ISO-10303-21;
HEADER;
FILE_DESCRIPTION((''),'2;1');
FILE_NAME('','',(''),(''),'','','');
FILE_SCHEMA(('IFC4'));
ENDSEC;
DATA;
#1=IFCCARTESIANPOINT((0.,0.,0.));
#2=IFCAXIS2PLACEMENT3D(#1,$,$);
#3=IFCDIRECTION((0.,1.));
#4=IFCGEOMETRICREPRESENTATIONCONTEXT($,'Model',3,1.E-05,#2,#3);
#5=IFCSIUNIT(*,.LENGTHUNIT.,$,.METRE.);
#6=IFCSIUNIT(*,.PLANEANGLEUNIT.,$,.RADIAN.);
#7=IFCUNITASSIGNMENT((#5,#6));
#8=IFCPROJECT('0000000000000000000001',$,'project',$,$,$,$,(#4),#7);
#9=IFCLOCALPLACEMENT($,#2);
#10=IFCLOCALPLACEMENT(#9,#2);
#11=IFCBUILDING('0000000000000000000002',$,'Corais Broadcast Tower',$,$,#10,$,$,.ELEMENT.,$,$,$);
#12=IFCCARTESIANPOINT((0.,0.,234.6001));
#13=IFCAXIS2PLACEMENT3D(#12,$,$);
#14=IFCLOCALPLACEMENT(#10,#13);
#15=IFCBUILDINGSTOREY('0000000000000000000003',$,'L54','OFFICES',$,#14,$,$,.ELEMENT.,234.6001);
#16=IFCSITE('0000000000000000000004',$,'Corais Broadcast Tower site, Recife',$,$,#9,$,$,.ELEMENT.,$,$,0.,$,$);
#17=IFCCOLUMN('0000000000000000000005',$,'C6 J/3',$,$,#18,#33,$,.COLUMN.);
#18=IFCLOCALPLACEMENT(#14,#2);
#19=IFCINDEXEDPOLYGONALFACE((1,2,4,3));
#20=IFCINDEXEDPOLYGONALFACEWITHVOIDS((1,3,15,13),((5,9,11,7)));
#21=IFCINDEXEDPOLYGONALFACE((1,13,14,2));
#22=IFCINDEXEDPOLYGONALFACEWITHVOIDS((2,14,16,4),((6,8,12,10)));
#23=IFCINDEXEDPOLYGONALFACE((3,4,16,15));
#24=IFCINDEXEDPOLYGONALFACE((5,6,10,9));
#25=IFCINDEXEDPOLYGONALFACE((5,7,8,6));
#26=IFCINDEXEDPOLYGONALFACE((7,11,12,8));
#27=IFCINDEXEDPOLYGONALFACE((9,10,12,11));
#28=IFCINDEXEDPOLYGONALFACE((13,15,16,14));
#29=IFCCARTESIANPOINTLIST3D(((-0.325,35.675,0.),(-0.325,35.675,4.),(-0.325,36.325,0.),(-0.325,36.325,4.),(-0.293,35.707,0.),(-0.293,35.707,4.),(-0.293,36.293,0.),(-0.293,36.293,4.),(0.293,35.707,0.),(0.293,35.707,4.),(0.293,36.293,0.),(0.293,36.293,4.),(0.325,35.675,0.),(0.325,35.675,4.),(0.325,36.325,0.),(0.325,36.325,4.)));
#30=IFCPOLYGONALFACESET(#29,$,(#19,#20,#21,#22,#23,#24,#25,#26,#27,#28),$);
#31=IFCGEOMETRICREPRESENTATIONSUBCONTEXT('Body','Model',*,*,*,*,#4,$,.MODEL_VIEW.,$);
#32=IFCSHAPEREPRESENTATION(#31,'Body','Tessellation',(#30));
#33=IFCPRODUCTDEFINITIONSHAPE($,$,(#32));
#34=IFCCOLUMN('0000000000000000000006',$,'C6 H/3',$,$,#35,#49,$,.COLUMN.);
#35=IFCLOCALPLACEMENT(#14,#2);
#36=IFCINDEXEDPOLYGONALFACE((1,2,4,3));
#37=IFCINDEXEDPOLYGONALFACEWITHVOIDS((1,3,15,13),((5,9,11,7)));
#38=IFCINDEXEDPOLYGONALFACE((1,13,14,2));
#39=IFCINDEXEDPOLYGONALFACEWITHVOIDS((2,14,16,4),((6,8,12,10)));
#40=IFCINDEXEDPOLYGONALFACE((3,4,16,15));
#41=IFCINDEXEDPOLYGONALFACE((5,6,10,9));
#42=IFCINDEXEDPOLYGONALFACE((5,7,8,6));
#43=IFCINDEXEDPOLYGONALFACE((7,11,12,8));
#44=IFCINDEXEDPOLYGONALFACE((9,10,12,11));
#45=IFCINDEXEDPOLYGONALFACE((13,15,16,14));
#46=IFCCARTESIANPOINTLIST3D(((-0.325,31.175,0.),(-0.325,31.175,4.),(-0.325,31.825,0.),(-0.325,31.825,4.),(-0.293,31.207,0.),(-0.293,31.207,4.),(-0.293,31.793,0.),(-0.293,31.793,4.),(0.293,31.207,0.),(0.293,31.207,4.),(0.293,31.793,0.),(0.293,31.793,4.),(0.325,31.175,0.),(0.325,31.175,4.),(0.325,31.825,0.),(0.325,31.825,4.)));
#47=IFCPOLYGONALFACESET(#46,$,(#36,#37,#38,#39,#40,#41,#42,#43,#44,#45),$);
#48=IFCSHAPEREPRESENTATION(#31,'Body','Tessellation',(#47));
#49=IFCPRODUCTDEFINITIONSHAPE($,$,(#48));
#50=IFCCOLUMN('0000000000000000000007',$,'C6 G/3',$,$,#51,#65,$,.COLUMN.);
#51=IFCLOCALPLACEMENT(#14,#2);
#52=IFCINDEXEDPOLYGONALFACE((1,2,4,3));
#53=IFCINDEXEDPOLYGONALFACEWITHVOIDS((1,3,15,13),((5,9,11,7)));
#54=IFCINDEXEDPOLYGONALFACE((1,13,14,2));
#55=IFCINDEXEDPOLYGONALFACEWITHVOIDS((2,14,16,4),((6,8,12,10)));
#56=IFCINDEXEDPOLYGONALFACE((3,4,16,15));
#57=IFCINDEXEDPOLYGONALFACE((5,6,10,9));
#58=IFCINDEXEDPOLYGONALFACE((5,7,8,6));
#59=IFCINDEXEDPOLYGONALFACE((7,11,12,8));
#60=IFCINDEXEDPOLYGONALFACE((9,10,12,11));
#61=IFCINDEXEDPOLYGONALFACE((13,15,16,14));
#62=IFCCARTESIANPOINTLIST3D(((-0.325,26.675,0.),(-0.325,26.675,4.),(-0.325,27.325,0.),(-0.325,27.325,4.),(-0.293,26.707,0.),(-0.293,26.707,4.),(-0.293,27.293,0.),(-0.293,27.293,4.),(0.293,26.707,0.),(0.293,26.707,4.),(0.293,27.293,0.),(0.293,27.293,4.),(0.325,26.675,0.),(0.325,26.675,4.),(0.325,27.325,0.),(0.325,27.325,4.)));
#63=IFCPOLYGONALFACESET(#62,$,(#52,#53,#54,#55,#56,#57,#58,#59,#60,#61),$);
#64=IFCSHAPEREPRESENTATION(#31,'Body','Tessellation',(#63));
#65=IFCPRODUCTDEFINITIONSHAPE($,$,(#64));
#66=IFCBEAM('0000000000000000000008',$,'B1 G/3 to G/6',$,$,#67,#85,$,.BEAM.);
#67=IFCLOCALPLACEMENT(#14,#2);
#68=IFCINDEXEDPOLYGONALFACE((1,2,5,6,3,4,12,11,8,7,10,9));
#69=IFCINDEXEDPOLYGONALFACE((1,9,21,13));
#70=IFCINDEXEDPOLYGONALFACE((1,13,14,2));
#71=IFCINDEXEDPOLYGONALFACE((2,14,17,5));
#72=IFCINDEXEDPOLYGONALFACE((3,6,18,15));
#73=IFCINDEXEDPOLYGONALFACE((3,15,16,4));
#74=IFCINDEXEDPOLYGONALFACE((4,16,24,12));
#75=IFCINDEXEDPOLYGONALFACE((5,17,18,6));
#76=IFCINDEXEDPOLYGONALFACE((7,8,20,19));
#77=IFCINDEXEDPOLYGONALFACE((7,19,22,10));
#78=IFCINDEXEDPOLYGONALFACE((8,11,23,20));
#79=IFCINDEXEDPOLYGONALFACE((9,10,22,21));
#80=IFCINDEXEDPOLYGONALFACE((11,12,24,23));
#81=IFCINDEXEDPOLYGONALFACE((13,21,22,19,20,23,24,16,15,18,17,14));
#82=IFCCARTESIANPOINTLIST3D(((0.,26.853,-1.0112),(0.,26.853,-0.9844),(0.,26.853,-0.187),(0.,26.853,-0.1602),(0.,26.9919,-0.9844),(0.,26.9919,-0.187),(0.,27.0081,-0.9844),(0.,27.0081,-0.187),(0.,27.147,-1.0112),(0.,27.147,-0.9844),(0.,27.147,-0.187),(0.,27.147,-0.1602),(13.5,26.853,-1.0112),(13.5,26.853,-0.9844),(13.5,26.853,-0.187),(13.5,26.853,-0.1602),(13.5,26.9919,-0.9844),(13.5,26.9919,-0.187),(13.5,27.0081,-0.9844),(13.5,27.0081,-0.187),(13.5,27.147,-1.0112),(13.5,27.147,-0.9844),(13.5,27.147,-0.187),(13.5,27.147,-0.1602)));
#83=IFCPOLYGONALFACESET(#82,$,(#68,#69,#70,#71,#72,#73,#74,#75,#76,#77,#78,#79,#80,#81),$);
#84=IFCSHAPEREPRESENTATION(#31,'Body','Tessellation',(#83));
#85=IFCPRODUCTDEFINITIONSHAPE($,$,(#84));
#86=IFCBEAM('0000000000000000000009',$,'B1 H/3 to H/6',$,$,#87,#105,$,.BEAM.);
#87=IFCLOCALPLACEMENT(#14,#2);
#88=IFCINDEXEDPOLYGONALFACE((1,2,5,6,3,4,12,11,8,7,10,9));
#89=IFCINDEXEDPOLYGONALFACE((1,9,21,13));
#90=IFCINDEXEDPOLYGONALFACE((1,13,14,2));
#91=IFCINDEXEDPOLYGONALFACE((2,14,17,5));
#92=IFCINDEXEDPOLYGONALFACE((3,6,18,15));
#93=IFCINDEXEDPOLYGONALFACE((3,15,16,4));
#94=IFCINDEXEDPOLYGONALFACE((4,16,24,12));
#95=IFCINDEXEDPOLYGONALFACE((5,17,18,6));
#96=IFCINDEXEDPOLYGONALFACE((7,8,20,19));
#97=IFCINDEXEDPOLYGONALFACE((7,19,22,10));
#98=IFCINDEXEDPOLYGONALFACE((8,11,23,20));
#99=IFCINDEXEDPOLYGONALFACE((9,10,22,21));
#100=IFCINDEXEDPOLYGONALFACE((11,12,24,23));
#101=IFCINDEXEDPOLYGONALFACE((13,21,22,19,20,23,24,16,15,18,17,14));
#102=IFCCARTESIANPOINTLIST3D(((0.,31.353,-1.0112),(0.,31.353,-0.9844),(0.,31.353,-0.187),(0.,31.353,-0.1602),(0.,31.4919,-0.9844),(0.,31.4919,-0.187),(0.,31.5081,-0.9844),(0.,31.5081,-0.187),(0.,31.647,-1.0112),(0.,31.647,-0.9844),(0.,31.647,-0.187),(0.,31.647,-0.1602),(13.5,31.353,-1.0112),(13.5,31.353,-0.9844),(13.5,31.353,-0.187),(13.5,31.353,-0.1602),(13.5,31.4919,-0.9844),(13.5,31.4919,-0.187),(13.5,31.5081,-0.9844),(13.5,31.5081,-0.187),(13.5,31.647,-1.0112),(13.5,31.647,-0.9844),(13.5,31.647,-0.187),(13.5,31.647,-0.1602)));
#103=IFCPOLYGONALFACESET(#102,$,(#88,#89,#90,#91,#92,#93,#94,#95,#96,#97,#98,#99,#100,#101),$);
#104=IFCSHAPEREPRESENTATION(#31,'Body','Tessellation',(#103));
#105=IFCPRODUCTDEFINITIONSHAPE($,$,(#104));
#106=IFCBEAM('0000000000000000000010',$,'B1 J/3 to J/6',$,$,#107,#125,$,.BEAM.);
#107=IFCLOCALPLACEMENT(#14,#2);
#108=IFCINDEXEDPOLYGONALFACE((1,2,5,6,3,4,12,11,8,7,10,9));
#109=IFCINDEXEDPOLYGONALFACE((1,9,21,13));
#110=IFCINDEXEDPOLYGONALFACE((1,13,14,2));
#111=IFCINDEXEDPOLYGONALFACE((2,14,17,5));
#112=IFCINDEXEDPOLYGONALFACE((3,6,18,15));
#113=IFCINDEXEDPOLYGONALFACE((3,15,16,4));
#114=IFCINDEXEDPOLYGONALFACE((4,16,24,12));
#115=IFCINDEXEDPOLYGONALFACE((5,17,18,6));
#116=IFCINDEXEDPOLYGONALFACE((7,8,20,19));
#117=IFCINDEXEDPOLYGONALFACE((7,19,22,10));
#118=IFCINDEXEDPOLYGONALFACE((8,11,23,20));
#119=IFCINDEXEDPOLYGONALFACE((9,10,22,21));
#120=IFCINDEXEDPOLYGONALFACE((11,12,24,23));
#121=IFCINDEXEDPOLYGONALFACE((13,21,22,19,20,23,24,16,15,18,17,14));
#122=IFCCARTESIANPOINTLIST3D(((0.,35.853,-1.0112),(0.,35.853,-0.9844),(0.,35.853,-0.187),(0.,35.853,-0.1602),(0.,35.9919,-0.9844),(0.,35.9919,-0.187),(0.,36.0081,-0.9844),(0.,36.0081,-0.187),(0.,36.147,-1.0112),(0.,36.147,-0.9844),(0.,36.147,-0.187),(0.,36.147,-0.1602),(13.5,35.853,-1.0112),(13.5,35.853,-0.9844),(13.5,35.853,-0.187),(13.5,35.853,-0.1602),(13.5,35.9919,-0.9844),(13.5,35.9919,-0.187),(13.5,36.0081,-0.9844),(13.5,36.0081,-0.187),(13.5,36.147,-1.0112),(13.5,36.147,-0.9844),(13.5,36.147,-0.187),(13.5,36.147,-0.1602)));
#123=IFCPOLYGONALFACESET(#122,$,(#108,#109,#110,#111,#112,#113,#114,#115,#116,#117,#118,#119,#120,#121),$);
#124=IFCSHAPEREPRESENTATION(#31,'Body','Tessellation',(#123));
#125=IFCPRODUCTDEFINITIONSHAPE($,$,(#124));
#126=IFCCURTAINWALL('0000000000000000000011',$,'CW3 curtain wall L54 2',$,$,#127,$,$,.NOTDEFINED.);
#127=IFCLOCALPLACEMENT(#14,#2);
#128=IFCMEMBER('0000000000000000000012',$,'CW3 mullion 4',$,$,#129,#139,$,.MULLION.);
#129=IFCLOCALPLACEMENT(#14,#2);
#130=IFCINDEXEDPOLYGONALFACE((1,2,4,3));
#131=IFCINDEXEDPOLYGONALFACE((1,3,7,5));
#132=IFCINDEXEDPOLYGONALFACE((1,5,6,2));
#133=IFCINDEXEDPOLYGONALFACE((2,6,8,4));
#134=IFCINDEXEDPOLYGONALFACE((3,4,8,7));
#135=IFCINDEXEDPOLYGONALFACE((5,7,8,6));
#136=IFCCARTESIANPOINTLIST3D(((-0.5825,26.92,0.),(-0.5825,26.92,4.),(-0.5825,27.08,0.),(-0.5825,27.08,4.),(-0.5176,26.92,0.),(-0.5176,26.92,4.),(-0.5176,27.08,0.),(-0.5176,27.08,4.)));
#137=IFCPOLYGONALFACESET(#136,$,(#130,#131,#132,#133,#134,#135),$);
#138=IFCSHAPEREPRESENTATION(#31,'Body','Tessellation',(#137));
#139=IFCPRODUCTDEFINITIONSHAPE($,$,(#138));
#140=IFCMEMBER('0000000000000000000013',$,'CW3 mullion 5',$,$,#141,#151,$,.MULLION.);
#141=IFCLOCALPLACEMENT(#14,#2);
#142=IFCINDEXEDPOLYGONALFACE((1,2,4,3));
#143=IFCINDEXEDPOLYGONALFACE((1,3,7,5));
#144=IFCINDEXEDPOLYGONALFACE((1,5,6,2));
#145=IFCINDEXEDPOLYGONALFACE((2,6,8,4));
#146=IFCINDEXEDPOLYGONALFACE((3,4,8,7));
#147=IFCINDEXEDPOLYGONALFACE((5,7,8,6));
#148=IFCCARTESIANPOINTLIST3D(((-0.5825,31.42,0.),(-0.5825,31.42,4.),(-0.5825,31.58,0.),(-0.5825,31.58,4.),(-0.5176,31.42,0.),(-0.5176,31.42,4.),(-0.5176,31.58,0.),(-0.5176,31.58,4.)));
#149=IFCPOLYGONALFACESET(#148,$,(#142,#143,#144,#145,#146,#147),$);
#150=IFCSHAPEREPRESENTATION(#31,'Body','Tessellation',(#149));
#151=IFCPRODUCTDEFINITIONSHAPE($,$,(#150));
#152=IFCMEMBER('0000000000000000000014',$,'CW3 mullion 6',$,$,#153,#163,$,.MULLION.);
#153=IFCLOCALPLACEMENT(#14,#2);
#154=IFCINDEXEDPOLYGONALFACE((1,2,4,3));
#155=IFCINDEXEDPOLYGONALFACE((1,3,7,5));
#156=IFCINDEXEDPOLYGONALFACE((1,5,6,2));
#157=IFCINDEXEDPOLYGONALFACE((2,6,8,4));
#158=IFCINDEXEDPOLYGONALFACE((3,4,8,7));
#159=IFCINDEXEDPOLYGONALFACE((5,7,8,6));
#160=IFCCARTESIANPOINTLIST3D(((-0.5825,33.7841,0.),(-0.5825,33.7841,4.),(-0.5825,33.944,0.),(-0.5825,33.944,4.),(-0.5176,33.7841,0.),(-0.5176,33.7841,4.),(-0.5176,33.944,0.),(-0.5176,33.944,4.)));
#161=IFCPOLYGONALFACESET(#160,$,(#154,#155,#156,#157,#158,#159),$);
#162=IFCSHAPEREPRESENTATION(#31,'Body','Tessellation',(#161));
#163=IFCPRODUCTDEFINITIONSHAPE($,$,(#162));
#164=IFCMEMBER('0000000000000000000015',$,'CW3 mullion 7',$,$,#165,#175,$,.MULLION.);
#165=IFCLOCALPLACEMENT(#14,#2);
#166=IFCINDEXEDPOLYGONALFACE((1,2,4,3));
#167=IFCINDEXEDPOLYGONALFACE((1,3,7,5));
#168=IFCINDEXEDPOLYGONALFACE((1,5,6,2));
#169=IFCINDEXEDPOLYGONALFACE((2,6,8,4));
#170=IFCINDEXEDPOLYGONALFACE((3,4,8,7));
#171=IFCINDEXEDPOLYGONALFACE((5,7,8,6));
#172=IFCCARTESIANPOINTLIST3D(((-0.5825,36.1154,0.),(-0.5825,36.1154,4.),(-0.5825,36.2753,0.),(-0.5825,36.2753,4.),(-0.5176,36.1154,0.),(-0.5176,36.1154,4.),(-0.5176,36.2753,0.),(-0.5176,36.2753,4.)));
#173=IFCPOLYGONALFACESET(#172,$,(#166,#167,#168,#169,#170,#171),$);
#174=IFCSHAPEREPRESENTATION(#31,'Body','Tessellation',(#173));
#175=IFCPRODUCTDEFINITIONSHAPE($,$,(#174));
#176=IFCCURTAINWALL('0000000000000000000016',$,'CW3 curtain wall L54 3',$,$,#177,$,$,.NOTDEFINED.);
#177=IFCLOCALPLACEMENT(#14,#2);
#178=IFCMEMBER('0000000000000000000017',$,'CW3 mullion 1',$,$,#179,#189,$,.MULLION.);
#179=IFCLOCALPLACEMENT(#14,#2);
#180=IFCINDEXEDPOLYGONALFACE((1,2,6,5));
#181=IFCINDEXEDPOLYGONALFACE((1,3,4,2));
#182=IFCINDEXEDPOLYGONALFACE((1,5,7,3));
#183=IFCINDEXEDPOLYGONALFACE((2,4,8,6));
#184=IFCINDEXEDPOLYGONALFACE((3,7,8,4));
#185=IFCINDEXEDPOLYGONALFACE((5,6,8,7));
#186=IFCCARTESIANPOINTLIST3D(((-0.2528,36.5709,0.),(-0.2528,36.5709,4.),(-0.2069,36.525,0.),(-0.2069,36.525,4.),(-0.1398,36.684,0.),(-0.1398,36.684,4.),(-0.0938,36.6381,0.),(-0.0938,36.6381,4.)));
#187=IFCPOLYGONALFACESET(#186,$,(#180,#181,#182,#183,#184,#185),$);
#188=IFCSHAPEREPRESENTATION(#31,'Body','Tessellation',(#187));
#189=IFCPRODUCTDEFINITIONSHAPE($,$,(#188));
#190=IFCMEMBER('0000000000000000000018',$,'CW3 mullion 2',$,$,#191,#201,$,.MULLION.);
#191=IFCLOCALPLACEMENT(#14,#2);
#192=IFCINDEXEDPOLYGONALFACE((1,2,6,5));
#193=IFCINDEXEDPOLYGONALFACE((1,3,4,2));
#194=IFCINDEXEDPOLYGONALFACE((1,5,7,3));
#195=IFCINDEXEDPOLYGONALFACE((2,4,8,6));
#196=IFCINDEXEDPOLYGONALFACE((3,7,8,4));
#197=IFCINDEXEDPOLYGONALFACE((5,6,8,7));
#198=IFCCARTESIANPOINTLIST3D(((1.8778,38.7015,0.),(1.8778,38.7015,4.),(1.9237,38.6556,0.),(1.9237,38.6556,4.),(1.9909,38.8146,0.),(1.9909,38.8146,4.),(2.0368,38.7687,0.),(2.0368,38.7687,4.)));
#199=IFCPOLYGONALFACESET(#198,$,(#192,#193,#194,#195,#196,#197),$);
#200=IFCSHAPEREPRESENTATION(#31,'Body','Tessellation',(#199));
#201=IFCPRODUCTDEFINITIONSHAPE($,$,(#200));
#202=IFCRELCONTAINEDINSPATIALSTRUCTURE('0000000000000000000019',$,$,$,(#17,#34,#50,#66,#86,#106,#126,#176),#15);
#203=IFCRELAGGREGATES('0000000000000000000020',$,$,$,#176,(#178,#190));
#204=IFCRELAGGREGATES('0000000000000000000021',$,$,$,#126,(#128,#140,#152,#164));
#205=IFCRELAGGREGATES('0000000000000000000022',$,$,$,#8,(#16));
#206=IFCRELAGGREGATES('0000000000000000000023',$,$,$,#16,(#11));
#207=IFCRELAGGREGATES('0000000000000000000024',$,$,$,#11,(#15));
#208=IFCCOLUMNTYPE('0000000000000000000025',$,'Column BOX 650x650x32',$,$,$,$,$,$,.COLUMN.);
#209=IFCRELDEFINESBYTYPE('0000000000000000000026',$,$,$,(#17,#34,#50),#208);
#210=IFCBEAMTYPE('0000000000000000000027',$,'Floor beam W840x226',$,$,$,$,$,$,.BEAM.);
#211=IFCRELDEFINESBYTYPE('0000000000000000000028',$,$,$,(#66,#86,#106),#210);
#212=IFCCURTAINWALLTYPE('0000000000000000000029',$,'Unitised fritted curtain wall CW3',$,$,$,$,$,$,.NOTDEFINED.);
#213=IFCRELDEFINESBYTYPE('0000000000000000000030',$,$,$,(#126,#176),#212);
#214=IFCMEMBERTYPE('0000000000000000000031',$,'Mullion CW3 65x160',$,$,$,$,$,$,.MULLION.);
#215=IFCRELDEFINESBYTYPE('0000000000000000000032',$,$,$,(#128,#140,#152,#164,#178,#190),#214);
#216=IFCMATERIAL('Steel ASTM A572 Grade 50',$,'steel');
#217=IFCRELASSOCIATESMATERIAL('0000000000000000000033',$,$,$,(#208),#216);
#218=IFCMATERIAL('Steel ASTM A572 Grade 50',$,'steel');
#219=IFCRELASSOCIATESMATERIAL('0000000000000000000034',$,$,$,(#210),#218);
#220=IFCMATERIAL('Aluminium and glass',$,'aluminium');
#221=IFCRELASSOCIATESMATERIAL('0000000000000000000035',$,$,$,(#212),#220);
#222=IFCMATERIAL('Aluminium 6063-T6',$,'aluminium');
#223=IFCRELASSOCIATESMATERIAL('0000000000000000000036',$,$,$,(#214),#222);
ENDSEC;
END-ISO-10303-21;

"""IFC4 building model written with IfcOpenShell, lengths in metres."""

from ifc_helpers import new_model, si_unit, direction, frame, origin, origin_2d, place, context, subcontext, project, spatial, rectangle, hollow_rectangle, i_section, extrude, material, material_profile, profile_set, type_object, element, aggregate, save


model = new_model("IFC4")

# Units and contexts
model_context = context("Model", 3, precision=1e-05, world=origin(), true_north=direction((0.0, 1.0)))
body_context = subcontext(model_context, "Body", "Model", "MODEL_VIEW")
ifc_project = project(units=[si_unit("LENGTHUNIT", "METRE"), si_unit("PLANEANGLEUNIT", "RADIAN")], contexts=[model_context])

# Site, building, storey
site_placement = place(None, origin())
site = spatial("IfcSite", under=ifc_project, at=site_placement, Name="Corais Broadcast Tower site, Recife", CompositionType="ELEMENT", RefElevation=0.0)
building_placement = place(site_placement, origin())
building = spatial("IfcBuilding", under=site, at=building_placement, Name="Corais Broadcast Tower", CompositionType="ELEMENT")
storey_placement = place(building_placement, frame((0.0, 0.0, 234.6001)))
storey = spatial("IfcBuildingStorey", under=building, at=storey_placement, Name="L54", Description="OFFICES", CompositionType="ELEMENT", Elevation=234.6001)

# Columns
ifc_material_1 = material(Name="Steel ASTM A572 Grade 50", Category="steel")
ifc_material_profile_1 = material_profile(ifc_material_1, hollow_rectangle(XDim=0.6499, YDim=0.6499, WallThickness=0.032, at=origin_2d()), Name="BOX 650x650x32")
ifc_profile_set_1 = profile_set([ifc_material_profile_1], Name="Steel ASTM A572 Grade 50")
column_type = type_object("IfcColumnType", Name="Column BOX 650x650x32", PredefinedType="COLUMN", material=ifc_profile_set_1)
for number, where, z_axis, x_axis, name in (
    (1, (0.0, 36.0, 0.0), (0.0, 0.0, 1.0), (1.0, 0.0, 0.0), "C6 J/3"),
    (2, (0.0, 31.5, 0.0), (0.0, 0.0, 1.0), (1.0, 0.0, 0.0), "C6 H/3"),
    (3, (0.0, 27.0, 0.0), (0.0, 0.0, 1.0), (1.0, 0.0, 0.0), "C6 G/3"),
):
    element("IfcColumn", number, at=place(storey_placement, frame(where, z_axis=z_axis, x_axis=x_axis)), inside=storey, type_object=column_type, Name=name, PredefinedType="COLUMN", context=body_context, shape_type="SweptSolid", body=[
        extrude(hollow_rectangle(XDim=0.6499, YDim=0.6499, WallThickness=0.032, at=origin_2d()), origin(), (0.0, 0.0, 1.0), 4.0),
    ])

# Beams
ifc_material_2 = material(Name="Steel ASTM A572 Grade 50", Category="steel")
ifc_material_profile_2 = material_profile(ifc_material_2, i_section(OverallWidth=0.2939, OverallDepth=0.8511, WebThickness=0.0161, FlangeThickness=0.0269, at=origin_2d()), Name="W840x226")
ifc_profile_set_2 = profile_set([ifc_material_profile_2], Name="Steel ASTM A572 Grade 50")
beam_type_1 = type_object("IfcBeamType", Name="Floor beam W840x226", PredefinedType="BEAM", material=ifc_profile_set_2)
for number, where, z_axis, x_axis, name in (
    (4, (0.0, 27.0, -0.5857), (1.0, 0.0, 0.0), (0.0, 1.0, 0.0), "B1 G/3 to G/6"),
    (5, (0.0, 31.5, -0.5857), (1.0, 0.0, 0.0), (0.0, 1.0, 0.0), "B1 H/3 to H/6"),
    (6, (0.0, 36.0, -0.5857), (1.0, 0.0, 0.0), (0.0, 1.0, 0.0), "B1 J/3 to J/6"),
):
    element("IfcBeam", number, at=place(storey_placement, frame(where, z_axis=z_axis, x_axis=x_axis)), inside=storey, type_object=beam_type_1, Name=name, PredefinedType="BEAM", context=body_context, shape_type="SweptSolid", body=[
        extrude(i_section(OverallWidth=0.2939, OverallDepth=0.8511, WebThickness=0.0161, FlangeThickness=0.0269, at=origin_2d()), origin(), (0.0, 0.0, 1.0), 13.5),
    ])

# Curtain walls, members
ifc_material_3 = material(Name="Aluminium and glass", Category="aluminium")
curtain_wall_type = type_object("IfcCurtainWallType", Name="Unitised fritted curtain wall CW3", PredefinedType="NOTDEFINED", material=ifc_material_3)
curtain_wall_1_placement = place(storey_placement, origin())
curtain_wall_1 = element("IfcCurtainWall", 7, at=curtain_wall_1_placement, inside=storey, type_object=curtain_wall_type, Name="CW3 curtain wall L54 2", PredefinedType="NOTDEFINED")
ifc_material_4 = material(Name="Aluminium 6063-T6", Category="aluminium")
ifc_material_profile_3 = material_profile(ifc_material_4, rectangle(XDim=0.0649, YDim=0.1599, at=origin_2d()), Name="Mullion CW3 65x160")
ifc_profile_set_3 = profile_set([ifc_material_profile_3], Name="Aluminium 6063-T6")
member_type_1 = type_object("IfcMemberType", Name="Mullion CW3 65x160", PredefinedType="MULLION", material=ifc_profile_set_3)
member_1_placement = place(storey_placement, frame((-0.55, 27.0, 0.0), z_axis=(0.0, 0.0, 1.0), x_axis=(-1.0, 0.0, 0.0)))
member_1 = element("IfcMember", 8, at=member_1_placement, type_object=member_type_1, Name="CW3 mullion 4", PredefinedType="MULLION", context=body_context, shape_type="SweptSolid", body=[
    extrude(rectangle(XDim=0.0649, YDim=0.1599, at=origin_2d()), origin(), (0.0, 0.0, 1.0), 4.0),
])
member_2_placement = place(storey_placement, frame((-0.55, 31.5, 0.0), z_axis=(0.0, 0.0, 1.0), x_axis=(-1.0, 0.0, 0.0)))
member_2 = element("IfcMember", 9, at=member_2_placement, type_object=member_type_1, Name="CW3 mullion 5", PredefinedType="MULLION", context=body_context, shape_type="SweptSolid", body=[
    extrude(rectangle(XDim=0.0649, YDim=0.1599, at=origin_2d()), origin(), (0.0, 0.0, 1.0), 4.0),
])
member_3_placement = place(storey_placement, frame((-0.55, 33.864, 0.0), z_axis=(0.0, 0.0, 1.0), x_axis=(-1.0, 0.0, 0.0)))
member_3 = element("IfcMember", 10, at=member_3_placement, type_object=member_type_1, Name="CW3 mullion 6", PredefinedType="MULLION", context=body_context, shape_type="SweptSolid", body=[
    extrude(rectangle(XDim=0.0649, YDim=0.1599, at=origin_2d()), origin(), (0.0, 0.0, 1.0), 4.0),
])
member_4_placement = place(storey_placement, frame((-0.55, 36.1953, 0.0), z_axis=(0.0, 0.0, 1.0), x_axis=(-1.0, 0.0, 0.0)))
member_4 = element("IfcMember", 11, at=member_4_placement, type_object=member_type_1, Name="CW3 mullion 7", PredefinedType="MULLION", context=body_context, shape_type="SweptSolid", body=[
    extrude(rectangle(XDim=0.0649, YDim=0.1599, at=origin_2d()), origin(), (0.0, 0.0, 1.0), 4.0),
])
curtain_wall_2_placement = place(storey_placement, origin())
curtain_wall_2 = element("IfcCurtainWall", 12, at=curtain_wall_2_placement, inside=storey, type_object=curtain_wall_type, Name="CW3 curtain wall L54 3", PredefinedType="NOTDEFINED")
member_5_placement = place(storey_placement, frame((-0.1733, 36.6045, 0.0), z_axis=(0.0, 0.0, 1.0), x_axis=(-0.707107, 0.707107, 0.0)))
member_5 = element("IfcMember", 13, at=member_5_placement, type_object=member_type_1, Name="CW3 mullion 1", PredefinedType="MULLION", context=body_context, shape_type="SweptSolid", body=[
    extrude(rectangle(XDim=0.0649, YDim=0.1599, at=origin_2d()), origin(), (0.0, 0.0, 1.0), 4.0),
])
member_6_placement = place(storey_placement, frame((1.9573, 38.7351, 0.0), z_axis=(0.0, 0.0, 1.0), x_axis=(-0.707107, 0.707107, 0.0)))
member_6 = element("IfcMember", 14, at=member_6_placement, type_object=member_type_1, Name="CW3 mullion 2", PredefinedType="MULLION", context=body_context, shape_type="SweptSolid", body=[
    extrude(rectangle(XDim=0.0649, YDim=0.1599, at=origin_2d()), origin(), (0.0, 0.0, 1.0), 4.0),
])

aggregate(curtain_wall_2, [member_5, member_6])
aggregate(curtain_wall_1, [member_1, member_2, member_3, member_4])

save(model, "model.ifc")
